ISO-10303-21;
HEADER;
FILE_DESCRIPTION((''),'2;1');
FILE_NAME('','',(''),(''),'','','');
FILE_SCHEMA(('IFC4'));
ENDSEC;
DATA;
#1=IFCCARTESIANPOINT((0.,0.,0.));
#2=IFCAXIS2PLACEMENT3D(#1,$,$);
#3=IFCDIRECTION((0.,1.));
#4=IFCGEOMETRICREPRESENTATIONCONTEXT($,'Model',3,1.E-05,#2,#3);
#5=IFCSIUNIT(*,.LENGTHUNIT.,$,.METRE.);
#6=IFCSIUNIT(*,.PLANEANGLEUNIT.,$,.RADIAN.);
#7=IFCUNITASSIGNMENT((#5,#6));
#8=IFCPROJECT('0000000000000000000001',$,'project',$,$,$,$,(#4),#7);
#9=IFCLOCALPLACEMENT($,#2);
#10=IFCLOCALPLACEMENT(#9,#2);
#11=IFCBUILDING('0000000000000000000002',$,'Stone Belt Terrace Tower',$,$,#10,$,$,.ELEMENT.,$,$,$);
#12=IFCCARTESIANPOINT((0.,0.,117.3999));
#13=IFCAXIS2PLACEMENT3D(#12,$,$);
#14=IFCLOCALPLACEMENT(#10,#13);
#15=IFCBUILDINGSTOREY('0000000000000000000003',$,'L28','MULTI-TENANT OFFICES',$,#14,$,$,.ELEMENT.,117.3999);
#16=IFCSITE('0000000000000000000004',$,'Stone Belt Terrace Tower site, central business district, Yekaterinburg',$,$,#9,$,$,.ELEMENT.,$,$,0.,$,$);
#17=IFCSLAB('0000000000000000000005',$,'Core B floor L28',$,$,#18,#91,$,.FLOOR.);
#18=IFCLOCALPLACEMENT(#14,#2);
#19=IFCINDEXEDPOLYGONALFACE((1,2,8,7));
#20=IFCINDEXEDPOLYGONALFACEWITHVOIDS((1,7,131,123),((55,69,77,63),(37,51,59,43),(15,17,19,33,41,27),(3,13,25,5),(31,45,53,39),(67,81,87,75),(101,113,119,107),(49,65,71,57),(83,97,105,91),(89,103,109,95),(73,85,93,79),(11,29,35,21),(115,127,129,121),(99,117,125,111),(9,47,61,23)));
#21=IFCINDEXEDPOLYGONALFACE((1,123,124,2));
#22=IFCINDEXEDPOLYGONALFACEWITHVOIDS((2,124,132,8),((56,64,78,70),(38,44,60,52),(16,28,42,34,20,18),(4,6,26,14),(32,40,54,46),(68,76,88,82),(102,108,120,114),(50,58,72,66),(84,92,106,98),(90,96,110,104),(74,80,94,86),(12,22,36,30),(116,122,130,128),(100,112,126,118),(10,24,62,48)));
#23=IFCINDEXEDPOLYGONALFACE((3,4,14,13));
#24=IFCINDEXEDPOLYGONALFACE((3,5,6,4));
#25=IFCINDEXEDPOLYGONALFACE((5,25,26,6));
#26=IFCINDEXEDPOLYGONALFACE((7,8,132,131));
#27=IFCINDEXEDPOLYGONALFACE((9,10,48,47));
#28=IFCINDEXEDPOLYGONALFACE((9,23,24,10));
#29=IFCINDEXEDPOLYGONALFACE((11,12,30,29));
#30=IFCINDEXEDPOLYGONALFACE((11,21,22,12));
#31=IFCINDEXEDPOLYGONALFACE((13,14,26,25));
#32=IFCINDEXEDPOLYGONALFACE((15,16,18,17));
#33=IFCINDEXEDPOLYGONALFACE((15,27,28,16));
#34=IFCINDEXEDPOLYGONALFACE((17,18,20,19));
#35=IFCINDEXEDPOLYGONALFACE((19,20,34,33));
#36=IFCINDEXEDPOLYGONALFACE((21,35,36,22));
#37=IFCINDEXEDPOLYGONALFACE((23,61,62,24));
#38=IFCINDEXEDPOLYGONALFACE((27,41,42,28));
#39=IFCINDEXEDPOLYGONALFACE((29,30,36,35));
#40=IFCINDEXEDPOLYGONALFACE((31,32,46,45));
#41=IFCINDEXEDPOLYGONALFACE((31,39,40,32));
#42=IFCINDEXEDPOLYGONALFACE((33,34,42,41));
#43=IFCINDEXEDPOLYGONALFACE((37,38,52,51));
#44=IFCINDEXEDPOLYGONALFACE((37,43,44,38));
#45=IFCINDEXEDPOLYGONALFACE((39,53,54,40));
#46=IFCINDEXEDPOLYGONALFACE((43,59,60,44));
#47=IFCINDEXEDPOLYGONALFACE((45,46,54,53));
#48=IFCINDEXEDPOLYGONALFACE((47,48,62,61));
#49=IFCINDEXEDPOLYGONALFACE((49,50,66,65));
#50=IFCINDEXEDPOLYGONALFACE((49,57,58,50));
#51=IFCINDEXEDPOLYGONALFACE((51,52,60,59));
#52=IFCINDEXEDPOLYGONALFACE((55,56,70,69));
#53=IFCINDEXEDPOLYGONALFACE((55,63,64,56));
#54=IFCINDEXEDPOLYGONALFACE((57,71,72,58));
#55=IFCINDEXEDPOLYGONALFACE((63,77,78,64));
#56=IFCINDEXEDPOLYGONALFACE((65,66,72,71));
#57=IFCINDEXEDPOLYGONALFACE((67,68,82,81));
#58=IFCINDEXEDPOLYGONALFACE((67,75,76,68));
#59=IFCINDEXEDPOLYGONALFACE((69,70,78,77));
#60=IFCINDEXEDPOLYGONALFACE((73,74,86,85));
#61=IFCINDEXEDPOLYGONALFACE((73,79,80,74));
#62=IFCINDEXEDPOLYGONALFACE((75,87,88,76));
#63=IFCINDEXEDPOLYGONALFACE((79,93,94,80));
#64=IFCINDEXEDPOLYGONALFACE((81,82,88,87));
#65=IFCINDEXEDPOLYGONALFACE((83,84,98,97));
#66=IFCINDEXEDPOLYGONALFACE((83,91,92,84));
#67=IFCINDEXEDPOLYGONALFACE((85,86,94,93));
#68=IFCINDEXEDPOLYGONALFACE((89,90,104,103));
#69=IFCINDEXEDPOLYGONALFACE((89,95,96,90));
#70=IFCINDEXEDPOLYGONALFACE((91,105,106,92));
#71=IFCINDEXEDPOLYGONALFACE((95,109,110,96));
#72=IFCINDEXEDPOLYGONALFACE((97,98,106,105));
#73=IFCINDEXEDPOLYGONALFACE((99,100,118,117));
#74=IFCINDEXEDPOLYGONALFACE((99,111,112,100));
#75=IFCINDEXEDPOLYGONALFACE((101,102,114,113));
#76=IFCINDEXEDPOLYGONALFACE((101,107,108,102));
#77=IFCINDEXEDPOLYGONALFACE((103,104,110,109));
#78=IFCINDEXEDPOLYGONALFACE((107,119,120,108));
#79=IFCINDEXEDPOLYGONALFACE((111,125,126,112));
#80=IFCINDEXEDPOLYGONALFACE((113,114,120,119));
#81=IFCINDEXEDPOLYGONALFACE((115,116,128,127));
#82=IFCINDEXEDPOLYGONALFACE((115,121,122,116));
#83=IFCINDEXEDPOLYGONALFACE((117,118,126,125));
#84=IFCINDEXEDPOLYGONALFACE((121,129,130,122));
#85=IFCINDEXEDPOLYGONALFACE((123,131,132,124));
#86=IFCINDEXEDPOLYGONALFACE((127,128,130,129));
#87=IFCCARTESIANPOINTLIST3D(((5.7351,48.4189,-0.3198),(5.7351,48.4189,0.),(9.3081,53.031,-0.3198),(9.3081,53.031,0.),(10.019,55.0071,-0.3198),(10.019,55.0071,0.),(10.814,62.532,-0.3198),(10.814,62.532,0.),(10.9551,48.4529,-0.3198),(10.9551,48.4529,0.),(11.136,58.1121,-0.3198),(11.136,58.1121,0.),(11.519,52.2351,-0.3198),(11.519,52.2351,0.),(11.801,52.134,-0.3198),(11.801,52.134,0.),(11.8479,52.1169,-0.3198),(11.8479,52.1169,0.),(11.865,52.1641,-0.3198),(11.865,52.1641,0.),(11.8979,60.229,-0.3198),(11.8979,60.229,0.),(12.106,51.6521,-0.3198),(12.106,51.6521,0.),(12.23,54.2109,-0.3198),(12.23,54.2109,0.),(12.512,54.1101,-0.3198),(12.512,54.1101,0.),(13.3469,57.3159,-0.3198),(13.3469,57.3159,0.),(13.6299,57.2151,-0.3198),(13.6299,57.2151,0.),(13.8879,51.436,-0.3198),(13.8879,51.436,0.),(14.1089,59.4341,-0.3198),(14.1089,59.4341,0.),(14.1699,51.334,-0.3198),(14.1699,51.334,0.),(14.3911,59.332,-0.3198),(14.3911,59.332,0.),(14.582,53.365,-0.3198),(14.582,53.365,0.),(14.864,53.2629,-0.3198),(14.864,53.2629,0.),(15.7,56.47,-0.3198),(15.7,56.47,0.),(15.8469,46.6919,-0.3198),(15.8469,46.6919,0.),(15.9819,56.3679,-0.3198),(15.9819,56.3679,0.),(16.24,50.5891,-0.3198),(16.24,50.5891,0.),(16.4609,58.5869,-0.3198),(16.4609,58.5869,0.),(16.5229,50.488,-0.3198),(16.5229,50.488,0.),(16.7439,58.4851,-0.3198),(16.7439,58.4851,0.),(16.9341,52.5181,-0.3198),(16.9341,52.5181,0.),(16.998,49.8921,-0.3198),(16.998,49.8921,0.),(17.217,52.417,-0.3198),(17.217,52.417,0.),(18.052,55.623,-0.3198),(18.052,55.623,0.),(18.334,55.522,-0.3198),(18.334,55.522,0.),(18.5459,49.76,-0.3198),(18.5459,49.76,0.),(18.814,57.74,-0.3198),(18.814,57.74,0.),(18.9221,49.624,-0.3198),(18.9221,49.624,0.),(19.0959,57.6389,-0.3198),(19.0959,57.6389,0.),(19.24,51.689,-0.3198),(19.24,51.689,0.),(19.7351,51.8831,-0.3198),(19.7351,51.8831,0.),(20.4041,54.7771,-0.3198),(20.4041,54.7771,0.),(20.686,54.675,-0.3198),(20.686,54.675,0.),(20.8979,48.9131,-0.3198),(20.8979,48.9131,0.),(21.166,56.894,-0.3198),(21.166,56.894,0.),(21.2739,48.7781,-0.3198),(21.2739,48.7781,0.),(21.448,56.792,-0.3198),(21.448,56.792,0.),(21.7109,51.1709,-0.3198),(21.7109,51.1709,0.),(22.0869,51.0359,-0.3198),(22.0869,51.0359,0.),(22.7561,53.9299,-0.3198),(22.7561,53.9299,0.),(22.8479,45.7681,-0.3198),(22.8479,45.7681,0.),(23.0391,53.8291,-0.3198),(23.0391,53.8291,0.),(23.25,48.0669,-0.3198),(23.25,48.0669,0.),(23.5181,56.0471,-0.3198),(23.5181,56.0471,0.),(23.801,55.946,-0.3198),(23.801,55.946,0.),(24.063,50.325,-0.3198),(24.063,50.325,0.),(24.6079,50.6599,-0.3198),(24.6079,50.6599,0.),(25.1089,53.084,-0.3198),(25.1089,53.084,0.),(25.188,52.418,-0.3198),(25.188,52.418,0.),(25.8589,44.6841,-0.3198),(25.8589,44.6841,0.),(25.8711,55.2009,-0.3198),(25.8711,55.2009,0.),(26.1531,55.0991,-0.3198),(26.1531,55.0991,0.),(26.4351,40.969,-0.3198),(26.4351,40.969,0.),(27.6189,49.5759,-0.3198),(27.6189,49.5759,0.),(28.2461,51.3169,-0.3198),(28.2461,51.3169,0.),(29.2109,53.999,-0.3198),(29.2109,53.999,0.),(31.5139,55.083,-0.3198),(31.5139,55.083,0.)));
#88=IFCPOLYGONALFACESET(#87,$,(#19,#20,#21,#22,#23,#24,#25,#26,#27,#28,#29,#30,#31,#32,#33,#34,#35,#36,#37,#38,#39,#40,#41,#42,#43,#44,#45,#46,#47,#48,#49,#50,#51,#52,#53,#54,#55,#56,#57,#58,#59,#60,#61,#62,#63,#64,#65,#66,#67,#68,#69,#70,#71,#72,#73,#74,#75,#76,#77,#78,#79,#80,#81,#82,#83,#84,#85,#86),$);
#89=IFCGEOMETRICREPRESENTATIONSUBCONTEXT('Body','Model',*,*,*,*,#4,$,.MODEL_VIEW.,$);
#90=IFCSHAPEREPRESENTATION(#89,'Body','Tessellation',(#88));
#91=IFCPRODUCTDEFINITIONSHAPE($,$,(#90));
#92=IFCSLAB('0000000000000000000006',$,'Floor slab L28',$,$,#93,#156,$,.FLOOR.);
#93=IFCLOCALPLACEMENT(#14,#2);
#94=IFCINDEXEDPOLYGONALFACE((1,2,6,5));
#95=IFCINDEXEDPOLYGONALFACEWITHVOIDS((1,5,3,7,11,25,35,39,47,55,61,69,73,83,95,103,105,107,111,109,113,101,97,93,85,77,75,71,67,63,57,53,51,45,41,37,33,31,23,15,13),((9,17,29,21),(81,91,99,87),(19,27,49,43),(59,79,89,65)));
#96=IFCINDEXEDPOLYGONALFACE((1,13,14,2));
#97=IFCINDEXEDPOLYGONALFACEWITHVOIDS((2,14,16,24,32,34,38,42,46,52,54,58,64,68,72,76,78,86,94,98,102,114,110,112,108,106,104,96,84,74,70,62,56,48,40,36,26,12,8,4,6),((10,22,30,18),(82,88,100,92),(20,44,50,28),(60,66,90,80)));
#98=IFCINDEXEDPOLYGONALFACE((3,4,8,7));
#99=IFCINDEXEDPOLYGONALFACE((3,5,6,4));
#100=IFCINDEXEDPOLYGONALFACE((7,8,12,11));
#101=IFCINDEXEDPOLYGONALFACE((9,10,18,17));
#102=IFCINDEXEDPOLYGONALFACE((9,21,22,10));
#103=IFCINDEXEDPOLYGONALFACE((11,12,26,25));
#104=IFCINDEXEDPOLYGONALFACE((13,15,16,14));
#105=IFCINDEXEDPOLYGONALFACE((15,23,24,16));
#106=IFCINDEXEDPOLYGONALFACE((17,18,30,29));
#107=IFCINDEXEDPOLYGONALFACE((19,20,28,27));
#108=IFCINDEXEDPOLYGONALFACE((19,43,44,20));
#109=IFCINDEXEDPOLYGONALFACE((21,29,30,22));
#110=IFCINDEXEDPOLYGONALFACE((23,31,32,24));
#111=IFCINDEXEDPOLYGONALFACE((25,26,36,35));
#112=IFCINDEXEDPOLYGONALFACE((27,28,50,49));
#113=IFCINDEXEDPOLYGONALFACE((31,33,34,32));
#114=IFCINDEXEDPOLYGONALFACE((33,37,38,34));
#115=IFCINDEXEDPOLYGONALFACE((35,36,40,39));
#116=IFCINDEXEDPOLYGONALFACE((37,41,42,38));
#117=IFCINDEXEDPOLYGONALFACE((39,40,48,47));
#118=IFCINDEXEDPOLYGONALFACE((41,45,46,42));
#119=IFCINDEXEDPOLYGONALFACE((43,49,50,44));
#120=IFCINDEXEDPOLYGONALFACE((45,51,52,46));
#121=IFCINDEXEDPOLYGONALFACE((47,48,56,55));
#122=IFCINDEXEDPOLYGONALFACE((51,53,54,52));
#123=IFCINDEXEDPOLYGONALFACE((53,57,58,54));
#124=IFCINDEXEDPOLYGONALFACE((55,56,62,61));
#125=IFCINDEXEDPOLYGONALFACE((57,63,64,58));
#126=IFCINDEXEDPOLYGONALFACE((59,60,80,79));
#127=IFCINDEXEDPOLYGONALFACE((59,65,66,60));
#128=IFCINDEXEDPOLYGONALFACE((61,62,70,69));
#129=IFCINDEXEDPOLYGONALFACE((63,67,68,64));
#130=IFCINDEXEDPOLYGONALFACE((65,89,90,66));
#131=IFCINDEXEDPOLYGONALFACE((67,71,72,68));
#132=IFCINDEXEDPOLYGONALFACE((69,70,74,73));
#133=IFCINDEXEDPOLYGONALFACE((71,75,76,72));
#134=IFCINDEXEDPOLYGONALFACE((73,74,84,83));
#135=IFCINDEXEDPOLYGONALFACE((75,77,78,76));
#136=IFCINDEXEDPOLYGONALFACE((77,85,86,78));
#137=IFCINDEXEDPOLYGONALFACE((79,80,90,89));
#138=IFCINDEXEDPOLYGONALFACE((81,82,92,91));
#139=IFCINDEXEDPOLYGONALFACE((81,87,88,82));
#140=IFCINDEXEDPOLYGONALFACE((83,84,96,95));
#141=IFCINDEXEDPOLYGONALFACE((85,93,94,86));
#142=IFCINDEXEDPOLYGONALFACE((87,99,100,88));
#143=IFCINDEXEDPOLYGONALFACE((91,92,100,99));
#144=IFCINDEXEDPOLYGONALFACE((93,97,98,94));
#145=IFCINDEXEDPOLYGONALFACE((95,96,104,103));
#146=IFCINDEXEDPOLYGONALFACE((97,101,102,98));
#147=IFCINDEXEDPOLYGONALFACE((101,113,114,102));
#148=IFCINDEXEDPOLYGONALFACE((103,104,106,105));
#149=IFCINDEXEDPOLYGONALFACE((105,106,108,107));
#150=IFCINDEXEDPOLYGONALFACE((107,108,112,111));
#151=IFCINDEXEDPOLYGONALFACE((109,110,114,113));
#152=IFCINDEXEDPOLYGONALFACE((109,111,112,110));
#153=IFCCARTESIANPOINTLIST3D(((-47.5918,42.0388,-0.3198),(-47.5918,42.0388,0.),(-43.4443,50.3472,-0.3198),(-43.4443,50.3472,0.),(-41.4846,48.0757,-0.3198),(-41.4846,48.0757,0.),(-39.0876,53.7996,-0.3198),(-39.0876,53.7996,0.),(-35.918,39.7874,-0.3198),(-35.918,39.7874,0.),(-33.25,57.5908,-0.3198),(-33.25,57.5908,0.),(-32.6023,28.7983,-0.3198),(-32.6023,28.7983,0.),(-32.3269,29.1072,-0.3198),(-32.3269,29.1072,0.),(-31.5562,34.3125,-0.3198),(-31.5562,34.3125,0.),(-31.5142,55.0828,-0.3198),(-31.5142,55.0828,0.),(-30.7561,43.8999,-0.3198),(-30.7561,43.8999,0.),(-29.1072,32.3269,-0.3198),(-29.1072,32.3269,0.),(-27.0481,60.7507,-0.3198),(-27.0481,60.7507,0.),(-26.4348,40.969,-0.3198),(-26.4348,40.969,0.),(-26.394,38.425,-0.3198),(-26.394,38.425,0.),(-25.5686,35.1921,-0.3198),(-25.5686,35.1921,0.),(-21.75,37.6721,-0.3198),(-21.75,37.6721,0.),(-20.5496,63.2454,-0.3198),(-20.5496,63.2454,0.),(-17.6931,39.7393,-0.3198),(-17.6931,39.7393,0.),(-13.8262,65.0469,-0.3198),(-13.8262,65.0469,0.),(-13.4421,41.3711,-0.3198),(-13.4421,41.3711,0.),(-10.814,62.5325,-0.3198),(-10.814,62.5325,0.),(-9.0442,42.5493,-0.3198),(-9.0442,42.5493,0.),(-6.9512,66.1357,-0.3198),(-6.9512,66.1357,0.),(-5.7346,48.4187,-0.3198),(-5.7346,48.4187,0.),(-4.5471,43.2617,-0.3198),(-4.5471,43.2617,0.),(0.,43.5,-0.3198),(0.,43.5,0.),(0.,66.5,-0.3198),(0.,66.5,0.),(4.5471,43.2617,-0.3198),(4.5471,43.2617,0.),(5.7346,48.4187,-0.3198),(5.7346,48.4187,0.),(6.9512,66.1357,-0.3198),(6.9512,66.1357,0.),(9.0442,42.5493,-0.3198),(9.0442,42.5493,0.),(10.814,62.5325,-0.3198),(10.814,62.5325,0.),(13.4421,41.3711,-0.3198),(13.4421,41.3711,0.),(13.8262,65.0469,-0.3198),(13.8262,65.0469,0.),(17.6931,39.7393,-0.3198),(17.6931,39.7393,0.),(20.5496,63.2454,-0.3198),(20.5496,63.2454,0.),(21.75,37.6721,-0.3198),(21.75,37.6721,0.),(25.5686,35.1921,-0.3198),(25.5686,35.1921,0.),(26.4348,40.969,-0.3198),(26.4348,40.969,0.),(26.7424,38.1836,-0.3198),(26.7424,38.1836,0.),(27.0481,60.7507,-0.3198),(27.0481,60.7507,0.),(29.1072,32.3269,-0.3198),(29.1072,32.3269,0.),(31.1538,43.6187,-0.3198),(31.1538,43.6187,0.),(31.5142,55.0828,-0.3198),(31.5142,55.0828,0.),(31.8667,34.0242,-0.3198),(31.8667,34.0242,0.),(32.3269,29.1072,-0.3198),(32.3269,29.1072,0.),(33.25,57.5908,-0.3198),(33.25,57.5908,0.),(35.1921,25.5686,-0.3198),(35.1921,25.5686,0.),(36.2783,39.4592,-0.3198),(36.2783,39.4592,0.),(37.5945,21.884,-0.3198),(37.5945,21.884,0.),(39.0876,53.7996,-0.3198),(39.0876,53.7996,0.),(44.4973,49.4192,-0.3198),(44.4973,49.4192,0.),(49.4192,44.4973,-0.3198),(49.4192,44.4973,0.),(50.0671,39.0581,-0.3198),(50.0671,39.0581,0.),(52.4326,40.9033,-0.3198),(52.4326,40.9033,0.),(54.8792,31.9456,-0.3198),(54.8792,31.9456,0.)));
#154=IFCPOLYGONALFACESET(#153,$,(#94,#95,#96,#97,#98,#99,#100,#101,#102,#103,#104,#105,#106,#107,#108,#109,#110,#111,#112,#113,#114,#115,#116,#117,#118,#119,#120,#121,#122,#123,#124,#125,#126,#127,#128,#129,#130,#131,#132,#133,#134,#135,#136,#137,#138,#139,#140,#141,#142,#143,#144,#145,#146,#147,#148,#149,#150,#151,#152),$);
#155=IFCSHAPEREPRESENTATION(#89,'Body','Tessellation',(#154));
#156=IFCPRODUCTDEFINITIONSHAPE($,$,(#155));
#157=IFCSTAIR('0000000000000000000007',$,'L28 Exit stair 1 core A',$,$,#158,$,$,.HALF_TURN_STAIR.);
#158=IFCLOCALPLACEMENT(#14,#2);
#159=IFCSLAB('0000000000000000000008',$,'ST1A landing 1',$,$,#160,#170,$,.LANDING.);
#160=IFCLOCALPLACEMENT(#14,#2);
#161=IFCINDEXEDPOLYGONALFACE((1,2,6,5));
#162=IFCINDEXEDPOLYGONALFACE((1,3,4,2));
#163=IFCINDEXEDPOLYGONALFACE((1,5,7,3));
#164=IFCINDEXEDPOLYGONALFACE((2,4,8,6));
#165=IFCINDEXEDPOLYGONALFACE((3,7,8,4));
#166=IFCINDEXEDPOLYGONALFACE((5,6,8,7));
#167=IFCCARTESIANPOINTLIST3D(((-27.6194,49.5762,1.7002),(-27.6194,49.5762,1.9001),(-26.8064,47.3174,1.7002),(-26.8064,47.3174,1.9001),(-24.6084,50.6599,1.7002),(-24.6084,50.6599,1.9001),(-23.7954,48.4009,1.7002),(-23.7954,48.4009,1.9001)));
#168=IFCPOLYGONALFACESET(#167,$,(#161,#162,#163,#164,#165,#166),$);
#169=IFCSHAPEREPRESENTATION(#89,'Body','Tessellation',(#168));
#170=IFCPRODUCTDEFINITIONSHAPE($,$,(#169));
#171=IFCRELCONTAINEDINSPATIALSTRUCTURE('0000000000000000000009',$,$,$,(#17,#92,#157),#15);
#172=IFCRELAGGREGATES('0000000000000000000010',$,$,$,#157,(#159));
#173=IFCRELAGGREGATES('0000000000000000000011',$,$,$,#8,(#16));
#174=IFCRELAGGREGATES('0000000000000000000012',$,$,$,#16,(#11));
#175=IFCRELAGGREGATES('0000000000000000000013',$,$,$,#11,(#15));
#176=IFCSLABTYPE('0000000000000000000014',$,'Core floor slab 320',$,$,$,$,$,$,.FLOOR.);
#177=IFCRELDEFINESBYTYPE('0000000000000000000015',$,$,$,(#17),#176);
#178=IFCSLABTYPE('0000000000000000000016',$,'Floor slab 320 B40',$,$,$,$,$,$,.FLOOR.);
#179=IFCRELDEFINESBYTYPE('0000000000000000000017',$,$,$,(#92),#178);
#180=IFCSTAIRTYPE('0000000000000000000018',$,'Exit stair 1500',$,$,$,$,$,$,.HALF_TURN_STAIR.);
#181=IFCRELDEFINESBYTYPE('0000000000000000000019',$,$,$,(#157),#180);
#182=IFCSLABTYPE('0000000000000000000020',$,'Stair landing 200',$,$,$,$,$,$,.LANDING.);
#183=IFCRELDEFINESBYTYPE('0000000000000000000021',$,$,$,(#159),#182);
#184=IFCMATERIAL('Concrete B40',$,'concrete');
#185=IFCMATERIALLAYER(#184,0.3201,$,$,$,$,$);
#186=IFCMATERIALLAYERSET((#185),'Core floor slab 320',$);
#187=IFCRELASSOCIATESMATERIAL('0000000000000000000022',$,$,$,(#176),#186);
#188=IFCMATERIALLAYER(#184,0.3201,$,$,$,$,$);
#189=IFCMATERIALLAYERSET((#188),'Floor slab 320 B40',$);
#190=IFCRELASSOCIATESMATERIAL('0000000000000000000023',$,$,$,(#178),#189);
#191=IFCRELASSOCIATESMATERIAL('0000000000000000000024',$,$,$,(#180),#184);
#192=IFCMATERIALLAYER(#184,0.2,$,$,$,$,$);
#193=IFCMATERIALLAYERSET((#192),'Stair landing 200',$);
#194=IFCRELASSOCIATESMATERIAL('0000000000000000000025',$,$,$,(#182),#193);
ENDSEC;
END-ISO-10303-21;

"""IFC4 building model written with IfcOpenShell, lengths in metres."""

from ifc_helpers import new_model, si_unit, direction, frame, origin, place, context, subcontext, project, spatial, polyline, outline, extrude, material, layer, layer_set, type_object, element, aggregate, save


model = new_model("IFC4")

# Units and contexts
model_context = context("Model", 3, precision=1e-05, world=origin(), true_north=direction((0.0, 1.0)))
body_context = subcontext(model_context, "Body", "Model", "MODEL_VIEW")
ifc_project = project(units=[si_unit("LENGTHUNIT", "METRE"), si_unit("PLANEANGLEUNIT", "RADIAN")], contexts=[model_context])

# Site, building, storey
site_placement = place(None, origin())
site = spatial("IfcSite", under=ifc_project, at=site_placement, Name="Stone Belt Terrace Tower site, central business district, Yekaterinburg", CompositionType="ELEMENT", RefElevation=0.0)
building_placement = place(site_placement, origin())
building = spatial("IfcBuilding", under=site, at=building_placement, Name="Stone Belt Terrace Tower", CompositionType="ELEMENT")
storey_placement = place(building_placement, frame((0.0, 0.0, 117.3999)))
storey = spatial("IfcBuildingStorey", under=building, at=storey_placement, Name="L28", Description="MULTI-TENANT OFFICES", CompositionType="ELEMENT", Elevation=117.3999)

# Slabs
ifc_material_1 = material(Name="Concrete B40", Category="concrete")
ifc_layer_1 = layer(ifc_material_1, 0.3201)
ifc_layer_set_1 = layer_set([ifc_layer_1], Name="Core floor slab 320")
slab_type_1 = type_object("IfcSlabType", Name="Core floor slab 320", PredefinedType="FLOOR", material=ifc_layer_set_1)
slab_1_placement = place(storey_placement, frame((0.0, 0.0, -0.3198)))
element("IfcSlab", 1, at=slab_1_placement, inside=storey, type_object=slab_type_1, Name="Core B floor L28", PredefinedType="FLOOR", context=body_context, shape_type="SweptSolid", body=[
    extrude(outline(polyline([(26.4351, 40.969), (31.5139, 55.083), (10.814, 62.532), (5.7351, 48.4189), (26.4351, 40.969)]), holes=[polyline([(12.106, 51.6521), (16.998, 49.8921), (15.8469, 46.6919), (10.9551, 48.4529), (12.106, 51.6521)]), polyline([(19.24, 51.689), (18.5459, 49.76), (16.5229, 50.488), (17.217, 52.417), (19.24, 51.689)]), polyline([(16.24, 50.5891), (14.1699, 51.334), (14.864, 53.2629), (16.9341, 52.5181), (16.24, 50.5891)]), polyline([(14.582, 53.365), (13.8879, 51.436), (11.865, 52.1641), (11.8479, 52.1169), (11.801, 52.134), (12.512, 54.1101), (14.582, 53.365)]), polyline([(9.3081, 53.031), (10.019, 55.0071), (12.23, 54.2109), (11.519, 52.2351), (9.3081, 53.031)]), polyline([(16.7439, 58.4851), (18.814, 57.74), (18.052, 55.623), (15.9819, 56.3679), (16.7439, 58.4851)]), polyline([(14.3911, 59.332), (16.4609, 58.5869), (15.7, 56.47), (13.6299, 57.2151), (14.3911, 59.332)]), polyline([(11.8979, 60.229), (14.1089, 59.4341), (13.3469, 57.3159), (11.136, 58.1121), (11.8979, 60.229)]), polyline([(25.8589, 44.6841), (22.8479, 45.7681), (24.6079, 50.6599), (27.6189, 49.5759), (25.8589, 44.6841)]), polyline([(21.2739, 48.7781), (22.0869, 51.0359), (24.063, 50.325), (23.25, 48.0669), (21.2739, 48.7781)]), polyline([(18.9221, 49.624), (19.7351, 51.8831), (21.7109, 51.1709), (20.8979, 48.9131), (18.9221, 49.624)]), polyline([(29.2109, 53.999), (28.2461, 51.3169), (25.188, 52.418), (26.1531, 55.0991), (29.2109, 53.999)]), polyline([(23.801, 55.946), (25.8711, 55.2009), (25.1089, 53.084), (23.0391, 53.8291), (23.801, 55.946)]), polyline([(21.448, 56.792), (23.5181, 56.0471), (22.7561, 53.9299), (20.686, 54.675), (21.448, 56.792)]), polyline([(19.0959, 57.6389), (21.166, 56.894), (20.4041, 54.7771), (18.334, 55.522), (19.0959, 57.6389)])]), origin(), (0.0, 0.0, 1.0), 0.3198),
])
ifc_layer_2 = layer(ifc_material_1, 0.3201)
ifc_layer_set_2 = layer_set([ifc_layer_2], Name="Floor slab 320 B40")
slab_type_2 = type_object("IfcSlabType", Name="Floor slab 320 B40", PredefinedType="FLOOR", material=ifc_layer_set_2)
slab_2_placement = place(storey_placement, frame((0.0, 0.0, -0.3198)))
element("IfcSlab", 2, at=slab_2_placement, inside=storey, type_object=slab_type_2, Name="Floor slab L28", PredefinedType="FLOOR", context=body_context, shape_type="SweptSolid", body=[
    extrude(outline(polyline([(-39.0876, 53.7996), (-33.25, 57.5908), (-27.0481, 60.7507), (-20.5496, 63.2454), (-13.8262, 65.0469), (-6.9512, 66.1357), (0.0, 66.5), (6.9512, 66.1357), (13.8262, 65.0469), (20.5496, 63.2454), (27.0481, 60.7507), (33.25, 57.5908), (39.0876, 53.7996), (44.4973, 49.4192), (49.4192, 44.4973), (52.4326, 40.9033), (50.0671, 39.0581), (54.8792, 31.9456), (37.5945, 21.884), (35.1921, 25.5686), (32.3269, 29.1072), (29.1072, 32.3269), (25.5686, 35.1921), (21.75, 37.6721), (17.6931, 39.7393), (13.4421, 41.3711), (9.0442, 42.5493), (4.5471, 43.2617), (0.0, 43.5), (-4.5471, 43.2617), (-9.0442, 42.5493), (-13.4421, 41.3711), (-17.6931, 39.7393), (-21.75, 37.6721), (-25.5686, 35.1921), (-29.1072, 32.3269), (-32.3269, 29.1072), (-32.6023, 28.7983), (-47.5918, 42.0388), (-41.4846, 48.0757), (-43.4443, 50.3472), (-39.0876, 53.7996)]), holes=[polyline([(-26.4348, 40.969), (-5.7346, 48.4187), (-10.814, 62.5325), (-31.5142, 55.0828), (-26.4348, 40.969)]), polyline([(10.814, 62.5325), (5.7346, 48.4187), (26.4348, 40.969), (31.5142, 55.0828), (10.814, 62.5325)]), polyline([(-35.918, 39.7874), (-31.5562, 34.3125), (-26.394, 38.425), (-30.7561, 43.8999), (-35.918, 39.7874)]), polyline([(36.2783, 39.4592), (31.1538, 43.6187), (26.7424, 38.1836), (31.8667, 34.0242), (36.2783, 39.4592)])]), origin(), (0.0, 0.0, 1.0), 0.3198),
])

# Stair, slab
stair_type = type_object("IfcStairType", Name="Exit stair 1500", PredefinedType="HALF_TURN_STAIR", material=ifc_material_1)
stair_1_placement = place(storey_placement, origin())
stair_1 = element("IfcStair", 3, at=stair_1_placement, inside=storey, type_object=stair_type, Name="L28 Exit stair 1 core A", PredefinedType="HALF_TURN_STAIR")
ifc_layer_3 = layer(ifc_material_1, 0.2)
ifc_layer_set_3 = layer_set([ifc_layer_3], Name="Stair landing 200")
slab_type_3 = type_object("IfcSlabType", Name="Stair landing 200", PredefinedType="LANDING", material=ifc_layer_set_3)
slab_3_placement = place(storey_placement, frame((0.0, 0.0, 1.7002)))
slab_3 = element("IfcSlab", 4, at=slab_3_placement, type_object=slab_type_3, Name="ST1A landing 1", PredefinedType="LANDING", context=body_context, shape_type="SweptSolid", body=[
    extrude(outline(polyline([(-23.7954, 48.4009), (-24.6084, 50.6599), (-27.6194, 49.5762), (-26.8064, 47.3174), (-23.7954, 48.4009)])), origin(), (0.0, 0.0, 1.0), 0.2),
])
aggregate(stair_1, [slab_3])

save(model, "model.ifc")
